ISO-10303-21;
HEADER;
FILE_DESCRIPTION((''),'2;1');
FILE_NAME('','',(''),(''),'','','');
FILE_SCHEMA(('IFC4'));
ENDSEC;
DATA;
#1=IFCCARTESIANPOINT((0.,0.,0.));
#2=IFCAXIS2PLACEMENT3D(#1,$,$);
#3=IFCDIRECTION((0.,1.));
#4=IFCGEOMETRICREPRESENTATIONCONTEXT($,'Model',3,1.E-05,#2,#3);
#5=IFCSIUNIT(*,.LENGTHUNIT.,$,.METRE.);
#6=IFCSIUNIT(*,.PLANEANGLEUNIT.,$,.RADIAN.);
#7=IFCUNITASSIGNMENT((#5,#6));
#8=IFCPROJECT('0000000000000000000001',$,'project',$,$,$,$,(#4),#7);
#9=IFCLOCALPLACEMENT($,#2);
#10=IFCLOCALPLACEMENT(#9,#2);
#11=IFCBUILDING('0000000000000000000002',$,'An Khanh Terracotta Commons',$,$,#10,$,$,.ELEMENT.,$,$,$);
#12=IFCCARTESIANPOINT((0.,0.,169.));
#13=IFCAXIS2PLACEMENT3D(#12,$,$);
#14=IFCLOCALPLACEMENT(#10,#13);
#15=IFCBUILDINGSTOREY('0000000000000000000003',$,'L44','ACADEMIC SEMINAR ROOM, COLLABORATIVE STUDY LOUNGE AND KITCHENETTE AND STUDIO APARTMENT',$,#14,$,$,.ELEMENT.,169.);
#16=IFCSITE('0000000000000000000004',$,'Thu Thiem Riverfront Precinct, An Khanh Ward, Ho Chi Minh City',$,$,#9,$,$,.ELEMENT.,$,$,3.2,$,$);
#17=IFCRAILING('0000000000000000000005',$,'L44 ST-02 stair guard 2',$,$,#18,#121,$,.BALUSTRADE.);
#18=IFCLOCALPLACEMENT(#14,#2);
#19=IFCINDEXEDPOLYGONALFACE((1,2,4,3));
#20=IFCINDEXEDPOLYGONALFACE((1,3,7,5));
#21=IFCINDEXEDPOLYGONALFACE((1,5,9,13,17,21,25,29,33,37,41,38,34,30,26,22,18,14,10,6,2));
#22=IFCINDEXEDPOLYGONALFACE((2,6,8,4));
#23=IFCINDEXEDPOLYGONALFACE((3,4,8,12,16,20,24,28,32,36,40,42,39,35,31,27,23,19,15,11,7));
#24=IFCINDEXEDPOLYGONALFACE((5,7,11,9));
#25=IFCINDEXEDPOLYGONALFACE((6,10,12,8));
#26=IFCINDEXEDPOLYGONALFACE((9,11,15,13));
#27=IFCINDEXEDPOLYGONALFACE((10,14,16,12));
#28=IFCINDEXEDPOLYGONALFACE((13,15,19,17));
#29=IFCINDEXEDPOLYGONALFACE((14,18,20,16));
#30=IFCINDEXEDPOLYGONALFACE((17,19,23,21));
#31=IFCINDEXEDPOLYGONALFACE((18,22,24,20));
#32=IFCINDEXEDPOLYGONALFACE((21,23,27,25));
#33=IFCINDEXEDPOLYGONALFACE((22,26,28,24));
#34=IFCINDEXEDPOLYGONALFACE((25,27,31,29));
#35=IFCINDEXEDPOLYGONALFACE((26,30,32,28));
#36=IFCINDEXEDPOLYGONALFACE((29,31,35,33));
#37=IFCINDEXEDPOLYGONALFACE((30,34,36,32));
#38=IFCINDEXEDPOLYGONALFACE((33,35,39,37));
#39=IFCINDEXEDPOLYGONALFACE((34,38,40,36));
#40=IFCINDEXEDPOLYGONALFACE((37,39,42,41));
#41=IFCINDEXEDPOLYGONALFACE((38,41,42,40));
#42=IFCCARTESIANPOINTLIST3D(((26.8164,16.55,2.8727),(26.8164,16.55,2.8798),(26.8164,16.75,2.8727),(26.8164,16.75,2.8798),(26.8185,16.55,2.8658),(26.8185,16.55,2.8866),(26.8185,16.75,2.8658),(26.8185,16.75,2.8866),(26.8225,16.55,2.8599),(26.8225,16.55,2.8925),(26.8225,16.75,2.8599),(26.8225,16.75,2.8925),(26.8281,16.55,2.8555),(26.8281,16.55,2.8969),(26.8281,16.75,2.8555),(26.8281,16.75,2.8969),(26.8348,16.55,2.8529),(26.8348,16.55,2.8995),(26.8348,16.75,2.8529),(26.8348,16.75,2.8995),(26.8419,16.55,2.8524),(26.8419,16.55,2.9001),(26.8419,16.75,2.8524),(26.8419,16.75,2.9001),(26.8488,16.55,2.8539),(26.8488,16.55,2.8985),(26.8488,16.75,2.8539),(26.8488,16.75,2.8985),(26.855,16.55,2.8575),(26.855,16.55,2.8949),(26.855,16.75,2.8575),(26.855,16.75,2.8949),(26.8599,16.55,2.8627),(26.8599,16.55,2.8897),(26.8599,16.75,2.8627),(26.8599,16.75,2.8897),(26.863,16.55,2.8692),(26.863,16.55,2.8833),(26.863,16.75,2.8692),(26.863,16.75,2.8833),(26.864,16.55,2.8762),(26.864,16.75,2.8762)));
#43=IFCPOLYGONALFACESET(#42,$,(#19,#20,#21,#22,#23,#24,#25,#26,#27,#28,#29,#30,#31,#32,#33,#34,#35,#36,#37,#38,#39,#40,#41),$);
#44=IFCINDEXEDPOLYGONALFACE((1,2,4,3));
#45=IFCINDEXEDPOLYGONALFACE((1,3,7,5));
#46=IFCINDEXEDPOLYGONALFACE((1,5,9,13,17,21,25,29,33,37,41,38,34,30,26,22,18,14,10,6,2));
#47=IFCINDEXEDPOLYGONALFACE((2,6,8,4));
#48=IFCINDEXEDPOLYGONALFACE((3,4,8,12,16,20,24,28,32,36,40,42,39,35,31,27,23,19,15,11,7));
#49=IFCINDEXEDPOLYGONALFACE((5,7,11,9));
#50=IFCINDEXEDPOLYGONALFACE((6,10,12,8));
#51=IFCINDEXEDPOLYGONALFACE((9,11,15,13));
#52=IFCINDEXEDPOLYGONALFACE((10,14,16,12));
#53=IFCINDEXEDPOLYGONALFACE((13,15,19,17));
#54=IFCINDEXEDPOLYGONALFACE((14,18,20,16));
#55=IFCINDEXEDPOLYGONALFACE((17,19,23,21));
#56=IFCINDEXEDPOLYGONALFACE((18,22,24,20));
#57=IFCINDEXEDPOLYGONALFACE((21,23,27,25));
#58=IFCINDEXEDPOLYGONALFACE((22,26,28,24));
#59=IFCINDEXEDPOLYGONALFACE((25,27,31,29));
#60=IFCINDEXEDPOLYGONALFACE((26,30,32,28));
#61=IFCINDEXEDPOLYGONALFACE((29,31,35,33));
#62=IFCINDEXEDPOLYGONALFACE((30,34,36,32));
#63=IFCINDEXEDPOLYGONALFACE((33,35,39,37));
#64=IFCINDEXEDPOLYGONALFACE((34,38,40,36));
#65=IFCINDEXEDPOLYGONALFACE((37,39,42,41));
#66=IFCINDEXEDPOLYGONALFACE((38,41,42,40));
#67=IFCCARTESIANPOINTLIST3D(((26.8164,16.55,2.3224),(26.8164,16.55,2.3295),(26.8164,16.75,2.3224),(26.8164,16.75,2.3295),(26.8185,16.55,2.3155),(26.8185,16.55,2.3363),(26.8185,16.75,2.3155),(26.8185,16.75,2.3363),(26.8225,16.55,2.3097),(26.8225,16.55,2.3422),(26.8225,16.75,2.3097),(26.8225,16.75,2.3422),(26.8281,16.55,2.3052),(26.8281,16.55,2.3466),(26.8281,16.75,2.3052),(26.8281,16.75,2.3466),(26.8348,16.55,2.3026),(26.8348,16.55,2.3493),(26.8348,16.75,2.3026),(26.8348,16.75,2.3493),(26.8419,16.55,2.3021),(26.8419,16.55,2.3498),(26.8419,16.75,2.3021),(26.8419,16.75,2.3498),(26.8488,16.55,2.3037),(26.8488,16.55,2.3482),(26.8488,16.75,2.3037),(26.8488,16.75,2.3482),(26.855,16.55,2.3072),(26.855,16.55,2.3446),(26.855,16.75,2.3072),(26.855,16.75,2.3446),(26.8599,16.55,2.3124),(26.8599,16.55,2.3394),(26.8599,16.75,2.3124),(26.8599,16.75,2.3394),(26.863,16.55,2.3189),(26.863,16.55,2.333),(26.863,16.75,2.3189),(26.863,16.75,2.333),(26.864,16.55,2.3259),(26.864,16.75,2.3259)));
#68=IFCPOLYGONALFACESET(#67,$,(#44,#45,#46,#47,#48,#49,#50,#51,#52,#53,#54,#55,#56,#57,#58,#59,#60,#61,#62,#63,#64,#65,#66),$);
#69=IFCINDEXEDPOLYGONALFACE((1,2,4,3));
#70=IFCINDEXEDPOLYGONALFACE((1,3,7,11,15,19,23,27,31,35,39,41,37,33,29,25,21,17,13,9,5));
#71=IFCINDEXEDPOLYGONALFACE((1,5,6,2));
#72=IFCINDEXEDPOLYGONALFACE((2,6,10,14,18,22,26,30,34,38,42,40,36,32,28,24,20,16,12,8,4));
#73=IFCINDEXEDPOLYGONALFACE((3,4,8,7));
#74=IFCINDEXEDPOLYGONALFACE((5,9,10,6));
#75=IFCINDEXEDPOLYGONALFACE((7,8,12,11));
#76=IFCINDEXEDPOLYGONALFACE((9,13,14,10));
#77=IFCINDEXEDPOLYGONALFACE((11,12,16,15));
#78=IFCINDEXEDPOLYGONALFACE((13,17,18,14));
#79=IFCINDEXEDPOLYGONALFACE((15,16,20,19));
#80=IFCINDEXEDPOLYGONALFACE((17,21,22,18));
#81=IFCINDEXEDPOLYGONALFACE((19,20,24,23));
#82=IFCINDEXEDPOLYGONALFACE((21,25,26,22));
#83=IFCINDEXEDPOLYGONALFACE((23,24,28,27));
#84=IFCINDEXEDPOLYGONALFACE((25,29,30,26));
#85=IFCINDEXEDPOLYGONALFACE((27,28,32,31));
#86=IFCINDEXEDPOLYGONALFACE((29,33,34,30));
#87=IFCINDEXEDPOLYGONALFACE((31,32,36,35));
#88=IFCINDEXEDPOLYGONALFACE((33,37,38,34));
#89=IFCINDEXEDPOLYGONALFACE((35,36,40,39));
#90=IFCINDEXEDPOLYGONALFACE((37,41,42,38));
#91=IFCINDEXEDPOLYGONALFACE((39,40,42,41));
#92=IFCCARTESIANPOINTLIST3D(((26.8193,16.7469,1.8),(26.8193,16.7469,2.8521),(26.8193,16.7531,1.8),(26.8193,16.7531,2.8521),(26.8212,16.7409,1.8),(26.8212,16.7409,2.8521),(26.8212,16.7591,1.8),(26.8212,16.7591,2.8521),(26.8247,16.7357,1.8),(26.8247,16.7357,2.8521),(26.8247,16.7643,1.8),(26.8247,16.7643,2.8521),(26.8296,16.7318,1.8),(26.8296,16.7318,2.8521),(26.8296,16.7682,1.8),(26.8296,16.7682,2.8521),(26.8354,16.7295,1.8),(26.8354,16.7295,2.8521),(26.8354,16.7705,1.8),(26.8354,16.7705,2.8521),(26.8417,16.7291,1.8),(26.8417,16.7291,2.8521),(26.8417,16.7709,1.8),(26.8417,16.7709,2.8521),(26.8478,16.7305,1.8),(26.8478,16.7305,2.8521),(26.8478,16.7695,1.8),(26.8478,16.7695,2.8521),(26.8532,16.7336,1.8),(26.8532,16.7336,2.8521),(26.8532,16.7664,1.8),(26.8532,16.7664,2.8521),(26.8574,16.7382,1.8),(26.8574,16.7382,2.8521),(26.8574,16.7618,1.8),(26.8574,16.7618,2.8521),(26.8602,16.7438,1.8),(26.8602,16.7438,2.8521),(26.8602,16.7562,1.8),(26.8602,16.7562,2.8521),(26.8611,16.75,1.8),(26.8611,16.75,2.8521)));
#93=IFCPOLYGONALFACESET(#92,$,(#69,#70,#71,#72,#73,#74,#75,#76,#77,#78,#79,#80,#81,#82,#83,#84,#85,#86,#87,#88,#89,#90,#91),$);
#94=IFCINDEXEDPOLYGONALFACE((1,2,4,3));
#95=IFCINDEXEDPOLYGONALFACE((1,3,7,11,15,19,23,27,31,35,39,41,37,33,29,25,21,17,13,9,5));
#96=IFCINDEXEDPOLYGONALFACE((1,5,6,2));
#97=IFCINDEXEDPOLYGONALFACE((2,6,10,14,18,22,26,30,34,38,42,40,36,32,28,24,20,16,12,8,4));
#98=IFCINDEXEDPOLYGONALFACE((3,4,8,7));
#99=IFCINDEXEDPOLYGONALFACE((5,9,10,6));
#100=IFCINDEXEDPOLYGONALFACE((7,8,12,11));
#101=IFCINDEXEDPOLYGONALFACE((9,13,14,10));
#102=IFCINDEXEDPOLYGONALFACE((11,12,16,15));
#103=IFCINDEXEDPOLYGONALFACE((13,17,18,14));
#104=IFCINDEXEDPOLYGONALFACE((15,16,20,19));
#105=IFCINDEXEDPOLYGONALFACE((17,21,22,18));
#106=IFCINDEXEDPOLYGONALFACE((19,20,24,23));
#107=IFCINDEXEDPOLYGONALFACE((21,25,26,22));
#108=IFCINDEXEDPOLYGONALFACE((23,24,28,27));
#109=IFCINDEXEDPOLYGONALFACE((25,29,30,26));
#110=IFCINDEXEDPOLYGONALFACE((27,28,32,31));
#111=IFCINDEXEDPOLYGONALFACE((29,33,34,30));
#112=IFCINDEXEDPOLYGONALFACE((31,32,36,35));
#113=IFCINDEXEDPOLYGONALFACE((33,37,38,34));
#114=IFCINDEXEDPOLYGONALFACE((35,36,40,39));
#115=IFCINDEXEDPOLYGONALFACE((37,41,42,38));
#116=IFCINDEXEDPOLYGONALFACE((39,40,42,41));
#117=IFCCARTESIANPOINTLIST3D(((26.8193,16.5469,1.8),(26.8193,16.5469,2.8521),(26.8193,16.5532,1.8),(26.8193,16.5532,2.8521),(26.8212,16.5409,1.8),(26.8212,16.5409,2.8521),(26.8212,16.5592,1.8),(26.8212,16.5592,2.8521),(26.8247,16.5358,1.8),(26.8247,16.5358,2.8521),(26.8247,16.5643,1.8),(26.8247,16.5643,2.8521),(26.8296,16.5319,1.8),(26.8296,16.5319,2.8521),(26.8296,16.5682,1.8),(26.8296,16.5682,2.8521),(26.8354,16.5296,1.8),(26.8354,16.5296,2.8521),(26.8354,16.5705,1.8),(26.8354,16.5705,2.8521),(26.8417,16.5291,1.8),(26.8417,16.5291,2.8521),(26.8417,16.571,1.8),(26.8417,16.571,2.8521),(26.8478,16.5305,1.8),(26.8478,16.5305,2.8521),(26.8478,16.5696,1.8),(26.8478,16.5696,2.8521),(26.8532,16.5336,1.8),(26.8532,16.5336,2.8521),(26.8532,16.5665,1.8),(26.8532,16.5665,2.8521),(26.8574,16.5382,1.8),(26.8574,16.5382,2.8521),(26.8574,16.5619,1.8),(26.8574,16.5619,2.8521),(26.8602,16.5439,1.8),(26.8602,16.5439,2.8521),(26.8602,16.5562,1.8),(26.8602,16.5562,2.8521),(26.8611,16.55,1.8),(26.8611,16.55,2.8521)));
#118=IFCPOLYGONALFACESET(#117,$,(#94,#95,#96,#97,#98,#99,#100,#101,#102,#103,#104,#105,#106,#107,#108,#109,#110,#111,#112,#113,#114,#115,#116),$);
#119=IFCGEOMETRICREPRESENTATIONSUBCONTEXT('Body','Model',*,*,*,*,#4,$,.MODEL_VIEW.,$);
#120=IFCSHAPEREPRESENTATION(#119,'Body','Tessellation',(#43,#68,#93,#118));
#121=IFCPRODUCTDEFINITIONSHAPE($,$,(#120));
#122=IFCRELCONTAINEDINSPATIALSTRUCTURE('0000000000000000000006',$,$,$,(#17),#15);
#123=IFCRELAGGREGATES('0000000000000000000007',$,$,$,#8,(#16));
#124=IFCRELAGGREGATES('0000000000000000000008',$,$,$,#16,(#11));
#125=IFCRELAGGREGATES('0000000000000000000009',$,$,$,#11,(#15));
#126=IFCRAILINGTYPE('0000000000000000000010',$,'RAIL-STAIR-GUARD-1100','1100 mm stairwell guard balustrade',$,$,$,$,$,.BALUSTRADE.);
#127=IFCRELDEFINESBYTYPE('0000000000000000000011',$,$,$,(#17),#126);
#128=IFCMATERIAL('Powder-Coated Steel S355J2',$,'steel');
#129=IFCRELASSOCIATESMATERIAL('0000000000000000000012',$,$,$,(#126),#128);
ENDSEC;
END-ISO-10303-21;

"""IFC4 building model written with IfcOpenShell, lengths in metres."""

from ifc_helpers import new_model, si_unit, direction, frame, origin, origin_2d, place, context, subcontext, project, spatial, circle, extrude, material, type_object, element, save


model = new_model("IFC4")

# Units and contexts
model_context = context("Model", 3, precision=1e-05, world=origin(), true_north=direction((0.0, 1.0)))
body_context = subcontext(model_context, "Body", "Model", "MODEL_VIEW")
ifc_project = project(units=[si_unit("LENGTHUNIT", "METRE"), si_unit("PLANEANGLEUNIT", "RADIAN")], contexts=[model_context])

# Site, building, storey
site_placement = place(None, origin())
site = spatial("IfcSite", under=ifc_project, at=site_placement, Name="Thu Thiem Riverfront Precinct, An Khanh Ward, Ho Chi Minh City", CompositionType="ELEMENT", RefElevation=3.2)
building_placement = place(site_placement, origin())
building = spatial("IfcBuilding", under=site, at=building_placement, Name="An Khanh Terracotta Commons", CompositionType="ELEMENT")
storey_placement = place(building_placement, frame((0.0, 0.0, 169.0)))
storey = spatial("IfcBuildingStorey", under=building, at=storey_placement, Name="L44", Description="ACADEMIC SEMINAR ROOM, COLLABORATIVE STUDY LOUNGE AND KITCHENETTE AND STUDIO APARTMENT", CompositionType="ELEMENT", Elevation=169.0)

# Railing
ifc_material_1 = material(Name="Powder-Coated Steel S355J2", Category="steel")
railing_type_1 = type_object("IfcRailingType", Name="RAIL-STAIR-GUARD-1100", Description="1100 mm stairwell guard balustrade", PredefinedType="BALUSTRADE", material=ifc_material_1)
railing_1_placement = place(storey_placement, frame((26.8401, 16.75, 1.8)))
element("IfcRailing", 1, at=railing_1_placement, inside=storey, type_object=railing_type_1, Name="L44 ST-02 stair guard 2", PredefinedType="BALUSTRADE", context=body_context, shape_type="SweptSolid", body=[
    extrude(circle(Radius=0.0239, at=origin_2d()), frame((0.0, 0.0, 1.0762), z_axis=(0.0, -1.0, 0.0), x_axis=(1.0, 0.0, 0.0)), (0.0, 0.0, 1.0), 0.2),
    extrude(circle(Radius=0.0239, at=origin_2d()), frame((0.0, 0.0, 0.5259), z_axis=(0.0, -1.0, 0.0), x_axis=(1.0, 0.0, 0.0)), (0.0, 0.0, 1.0), 0.2),
    extrude(circle(Radius=0.021, at=origin_2d()), origin(), (0.0, 0.0, 1.0), 1.052),
    extrude(circle(Radius=0.021, at=origin_2d()), frame((0.0, -0.2, 0.0)), (0.0, 0.0, 1.0), 1.052),
])

save(model, "model.ifc")
